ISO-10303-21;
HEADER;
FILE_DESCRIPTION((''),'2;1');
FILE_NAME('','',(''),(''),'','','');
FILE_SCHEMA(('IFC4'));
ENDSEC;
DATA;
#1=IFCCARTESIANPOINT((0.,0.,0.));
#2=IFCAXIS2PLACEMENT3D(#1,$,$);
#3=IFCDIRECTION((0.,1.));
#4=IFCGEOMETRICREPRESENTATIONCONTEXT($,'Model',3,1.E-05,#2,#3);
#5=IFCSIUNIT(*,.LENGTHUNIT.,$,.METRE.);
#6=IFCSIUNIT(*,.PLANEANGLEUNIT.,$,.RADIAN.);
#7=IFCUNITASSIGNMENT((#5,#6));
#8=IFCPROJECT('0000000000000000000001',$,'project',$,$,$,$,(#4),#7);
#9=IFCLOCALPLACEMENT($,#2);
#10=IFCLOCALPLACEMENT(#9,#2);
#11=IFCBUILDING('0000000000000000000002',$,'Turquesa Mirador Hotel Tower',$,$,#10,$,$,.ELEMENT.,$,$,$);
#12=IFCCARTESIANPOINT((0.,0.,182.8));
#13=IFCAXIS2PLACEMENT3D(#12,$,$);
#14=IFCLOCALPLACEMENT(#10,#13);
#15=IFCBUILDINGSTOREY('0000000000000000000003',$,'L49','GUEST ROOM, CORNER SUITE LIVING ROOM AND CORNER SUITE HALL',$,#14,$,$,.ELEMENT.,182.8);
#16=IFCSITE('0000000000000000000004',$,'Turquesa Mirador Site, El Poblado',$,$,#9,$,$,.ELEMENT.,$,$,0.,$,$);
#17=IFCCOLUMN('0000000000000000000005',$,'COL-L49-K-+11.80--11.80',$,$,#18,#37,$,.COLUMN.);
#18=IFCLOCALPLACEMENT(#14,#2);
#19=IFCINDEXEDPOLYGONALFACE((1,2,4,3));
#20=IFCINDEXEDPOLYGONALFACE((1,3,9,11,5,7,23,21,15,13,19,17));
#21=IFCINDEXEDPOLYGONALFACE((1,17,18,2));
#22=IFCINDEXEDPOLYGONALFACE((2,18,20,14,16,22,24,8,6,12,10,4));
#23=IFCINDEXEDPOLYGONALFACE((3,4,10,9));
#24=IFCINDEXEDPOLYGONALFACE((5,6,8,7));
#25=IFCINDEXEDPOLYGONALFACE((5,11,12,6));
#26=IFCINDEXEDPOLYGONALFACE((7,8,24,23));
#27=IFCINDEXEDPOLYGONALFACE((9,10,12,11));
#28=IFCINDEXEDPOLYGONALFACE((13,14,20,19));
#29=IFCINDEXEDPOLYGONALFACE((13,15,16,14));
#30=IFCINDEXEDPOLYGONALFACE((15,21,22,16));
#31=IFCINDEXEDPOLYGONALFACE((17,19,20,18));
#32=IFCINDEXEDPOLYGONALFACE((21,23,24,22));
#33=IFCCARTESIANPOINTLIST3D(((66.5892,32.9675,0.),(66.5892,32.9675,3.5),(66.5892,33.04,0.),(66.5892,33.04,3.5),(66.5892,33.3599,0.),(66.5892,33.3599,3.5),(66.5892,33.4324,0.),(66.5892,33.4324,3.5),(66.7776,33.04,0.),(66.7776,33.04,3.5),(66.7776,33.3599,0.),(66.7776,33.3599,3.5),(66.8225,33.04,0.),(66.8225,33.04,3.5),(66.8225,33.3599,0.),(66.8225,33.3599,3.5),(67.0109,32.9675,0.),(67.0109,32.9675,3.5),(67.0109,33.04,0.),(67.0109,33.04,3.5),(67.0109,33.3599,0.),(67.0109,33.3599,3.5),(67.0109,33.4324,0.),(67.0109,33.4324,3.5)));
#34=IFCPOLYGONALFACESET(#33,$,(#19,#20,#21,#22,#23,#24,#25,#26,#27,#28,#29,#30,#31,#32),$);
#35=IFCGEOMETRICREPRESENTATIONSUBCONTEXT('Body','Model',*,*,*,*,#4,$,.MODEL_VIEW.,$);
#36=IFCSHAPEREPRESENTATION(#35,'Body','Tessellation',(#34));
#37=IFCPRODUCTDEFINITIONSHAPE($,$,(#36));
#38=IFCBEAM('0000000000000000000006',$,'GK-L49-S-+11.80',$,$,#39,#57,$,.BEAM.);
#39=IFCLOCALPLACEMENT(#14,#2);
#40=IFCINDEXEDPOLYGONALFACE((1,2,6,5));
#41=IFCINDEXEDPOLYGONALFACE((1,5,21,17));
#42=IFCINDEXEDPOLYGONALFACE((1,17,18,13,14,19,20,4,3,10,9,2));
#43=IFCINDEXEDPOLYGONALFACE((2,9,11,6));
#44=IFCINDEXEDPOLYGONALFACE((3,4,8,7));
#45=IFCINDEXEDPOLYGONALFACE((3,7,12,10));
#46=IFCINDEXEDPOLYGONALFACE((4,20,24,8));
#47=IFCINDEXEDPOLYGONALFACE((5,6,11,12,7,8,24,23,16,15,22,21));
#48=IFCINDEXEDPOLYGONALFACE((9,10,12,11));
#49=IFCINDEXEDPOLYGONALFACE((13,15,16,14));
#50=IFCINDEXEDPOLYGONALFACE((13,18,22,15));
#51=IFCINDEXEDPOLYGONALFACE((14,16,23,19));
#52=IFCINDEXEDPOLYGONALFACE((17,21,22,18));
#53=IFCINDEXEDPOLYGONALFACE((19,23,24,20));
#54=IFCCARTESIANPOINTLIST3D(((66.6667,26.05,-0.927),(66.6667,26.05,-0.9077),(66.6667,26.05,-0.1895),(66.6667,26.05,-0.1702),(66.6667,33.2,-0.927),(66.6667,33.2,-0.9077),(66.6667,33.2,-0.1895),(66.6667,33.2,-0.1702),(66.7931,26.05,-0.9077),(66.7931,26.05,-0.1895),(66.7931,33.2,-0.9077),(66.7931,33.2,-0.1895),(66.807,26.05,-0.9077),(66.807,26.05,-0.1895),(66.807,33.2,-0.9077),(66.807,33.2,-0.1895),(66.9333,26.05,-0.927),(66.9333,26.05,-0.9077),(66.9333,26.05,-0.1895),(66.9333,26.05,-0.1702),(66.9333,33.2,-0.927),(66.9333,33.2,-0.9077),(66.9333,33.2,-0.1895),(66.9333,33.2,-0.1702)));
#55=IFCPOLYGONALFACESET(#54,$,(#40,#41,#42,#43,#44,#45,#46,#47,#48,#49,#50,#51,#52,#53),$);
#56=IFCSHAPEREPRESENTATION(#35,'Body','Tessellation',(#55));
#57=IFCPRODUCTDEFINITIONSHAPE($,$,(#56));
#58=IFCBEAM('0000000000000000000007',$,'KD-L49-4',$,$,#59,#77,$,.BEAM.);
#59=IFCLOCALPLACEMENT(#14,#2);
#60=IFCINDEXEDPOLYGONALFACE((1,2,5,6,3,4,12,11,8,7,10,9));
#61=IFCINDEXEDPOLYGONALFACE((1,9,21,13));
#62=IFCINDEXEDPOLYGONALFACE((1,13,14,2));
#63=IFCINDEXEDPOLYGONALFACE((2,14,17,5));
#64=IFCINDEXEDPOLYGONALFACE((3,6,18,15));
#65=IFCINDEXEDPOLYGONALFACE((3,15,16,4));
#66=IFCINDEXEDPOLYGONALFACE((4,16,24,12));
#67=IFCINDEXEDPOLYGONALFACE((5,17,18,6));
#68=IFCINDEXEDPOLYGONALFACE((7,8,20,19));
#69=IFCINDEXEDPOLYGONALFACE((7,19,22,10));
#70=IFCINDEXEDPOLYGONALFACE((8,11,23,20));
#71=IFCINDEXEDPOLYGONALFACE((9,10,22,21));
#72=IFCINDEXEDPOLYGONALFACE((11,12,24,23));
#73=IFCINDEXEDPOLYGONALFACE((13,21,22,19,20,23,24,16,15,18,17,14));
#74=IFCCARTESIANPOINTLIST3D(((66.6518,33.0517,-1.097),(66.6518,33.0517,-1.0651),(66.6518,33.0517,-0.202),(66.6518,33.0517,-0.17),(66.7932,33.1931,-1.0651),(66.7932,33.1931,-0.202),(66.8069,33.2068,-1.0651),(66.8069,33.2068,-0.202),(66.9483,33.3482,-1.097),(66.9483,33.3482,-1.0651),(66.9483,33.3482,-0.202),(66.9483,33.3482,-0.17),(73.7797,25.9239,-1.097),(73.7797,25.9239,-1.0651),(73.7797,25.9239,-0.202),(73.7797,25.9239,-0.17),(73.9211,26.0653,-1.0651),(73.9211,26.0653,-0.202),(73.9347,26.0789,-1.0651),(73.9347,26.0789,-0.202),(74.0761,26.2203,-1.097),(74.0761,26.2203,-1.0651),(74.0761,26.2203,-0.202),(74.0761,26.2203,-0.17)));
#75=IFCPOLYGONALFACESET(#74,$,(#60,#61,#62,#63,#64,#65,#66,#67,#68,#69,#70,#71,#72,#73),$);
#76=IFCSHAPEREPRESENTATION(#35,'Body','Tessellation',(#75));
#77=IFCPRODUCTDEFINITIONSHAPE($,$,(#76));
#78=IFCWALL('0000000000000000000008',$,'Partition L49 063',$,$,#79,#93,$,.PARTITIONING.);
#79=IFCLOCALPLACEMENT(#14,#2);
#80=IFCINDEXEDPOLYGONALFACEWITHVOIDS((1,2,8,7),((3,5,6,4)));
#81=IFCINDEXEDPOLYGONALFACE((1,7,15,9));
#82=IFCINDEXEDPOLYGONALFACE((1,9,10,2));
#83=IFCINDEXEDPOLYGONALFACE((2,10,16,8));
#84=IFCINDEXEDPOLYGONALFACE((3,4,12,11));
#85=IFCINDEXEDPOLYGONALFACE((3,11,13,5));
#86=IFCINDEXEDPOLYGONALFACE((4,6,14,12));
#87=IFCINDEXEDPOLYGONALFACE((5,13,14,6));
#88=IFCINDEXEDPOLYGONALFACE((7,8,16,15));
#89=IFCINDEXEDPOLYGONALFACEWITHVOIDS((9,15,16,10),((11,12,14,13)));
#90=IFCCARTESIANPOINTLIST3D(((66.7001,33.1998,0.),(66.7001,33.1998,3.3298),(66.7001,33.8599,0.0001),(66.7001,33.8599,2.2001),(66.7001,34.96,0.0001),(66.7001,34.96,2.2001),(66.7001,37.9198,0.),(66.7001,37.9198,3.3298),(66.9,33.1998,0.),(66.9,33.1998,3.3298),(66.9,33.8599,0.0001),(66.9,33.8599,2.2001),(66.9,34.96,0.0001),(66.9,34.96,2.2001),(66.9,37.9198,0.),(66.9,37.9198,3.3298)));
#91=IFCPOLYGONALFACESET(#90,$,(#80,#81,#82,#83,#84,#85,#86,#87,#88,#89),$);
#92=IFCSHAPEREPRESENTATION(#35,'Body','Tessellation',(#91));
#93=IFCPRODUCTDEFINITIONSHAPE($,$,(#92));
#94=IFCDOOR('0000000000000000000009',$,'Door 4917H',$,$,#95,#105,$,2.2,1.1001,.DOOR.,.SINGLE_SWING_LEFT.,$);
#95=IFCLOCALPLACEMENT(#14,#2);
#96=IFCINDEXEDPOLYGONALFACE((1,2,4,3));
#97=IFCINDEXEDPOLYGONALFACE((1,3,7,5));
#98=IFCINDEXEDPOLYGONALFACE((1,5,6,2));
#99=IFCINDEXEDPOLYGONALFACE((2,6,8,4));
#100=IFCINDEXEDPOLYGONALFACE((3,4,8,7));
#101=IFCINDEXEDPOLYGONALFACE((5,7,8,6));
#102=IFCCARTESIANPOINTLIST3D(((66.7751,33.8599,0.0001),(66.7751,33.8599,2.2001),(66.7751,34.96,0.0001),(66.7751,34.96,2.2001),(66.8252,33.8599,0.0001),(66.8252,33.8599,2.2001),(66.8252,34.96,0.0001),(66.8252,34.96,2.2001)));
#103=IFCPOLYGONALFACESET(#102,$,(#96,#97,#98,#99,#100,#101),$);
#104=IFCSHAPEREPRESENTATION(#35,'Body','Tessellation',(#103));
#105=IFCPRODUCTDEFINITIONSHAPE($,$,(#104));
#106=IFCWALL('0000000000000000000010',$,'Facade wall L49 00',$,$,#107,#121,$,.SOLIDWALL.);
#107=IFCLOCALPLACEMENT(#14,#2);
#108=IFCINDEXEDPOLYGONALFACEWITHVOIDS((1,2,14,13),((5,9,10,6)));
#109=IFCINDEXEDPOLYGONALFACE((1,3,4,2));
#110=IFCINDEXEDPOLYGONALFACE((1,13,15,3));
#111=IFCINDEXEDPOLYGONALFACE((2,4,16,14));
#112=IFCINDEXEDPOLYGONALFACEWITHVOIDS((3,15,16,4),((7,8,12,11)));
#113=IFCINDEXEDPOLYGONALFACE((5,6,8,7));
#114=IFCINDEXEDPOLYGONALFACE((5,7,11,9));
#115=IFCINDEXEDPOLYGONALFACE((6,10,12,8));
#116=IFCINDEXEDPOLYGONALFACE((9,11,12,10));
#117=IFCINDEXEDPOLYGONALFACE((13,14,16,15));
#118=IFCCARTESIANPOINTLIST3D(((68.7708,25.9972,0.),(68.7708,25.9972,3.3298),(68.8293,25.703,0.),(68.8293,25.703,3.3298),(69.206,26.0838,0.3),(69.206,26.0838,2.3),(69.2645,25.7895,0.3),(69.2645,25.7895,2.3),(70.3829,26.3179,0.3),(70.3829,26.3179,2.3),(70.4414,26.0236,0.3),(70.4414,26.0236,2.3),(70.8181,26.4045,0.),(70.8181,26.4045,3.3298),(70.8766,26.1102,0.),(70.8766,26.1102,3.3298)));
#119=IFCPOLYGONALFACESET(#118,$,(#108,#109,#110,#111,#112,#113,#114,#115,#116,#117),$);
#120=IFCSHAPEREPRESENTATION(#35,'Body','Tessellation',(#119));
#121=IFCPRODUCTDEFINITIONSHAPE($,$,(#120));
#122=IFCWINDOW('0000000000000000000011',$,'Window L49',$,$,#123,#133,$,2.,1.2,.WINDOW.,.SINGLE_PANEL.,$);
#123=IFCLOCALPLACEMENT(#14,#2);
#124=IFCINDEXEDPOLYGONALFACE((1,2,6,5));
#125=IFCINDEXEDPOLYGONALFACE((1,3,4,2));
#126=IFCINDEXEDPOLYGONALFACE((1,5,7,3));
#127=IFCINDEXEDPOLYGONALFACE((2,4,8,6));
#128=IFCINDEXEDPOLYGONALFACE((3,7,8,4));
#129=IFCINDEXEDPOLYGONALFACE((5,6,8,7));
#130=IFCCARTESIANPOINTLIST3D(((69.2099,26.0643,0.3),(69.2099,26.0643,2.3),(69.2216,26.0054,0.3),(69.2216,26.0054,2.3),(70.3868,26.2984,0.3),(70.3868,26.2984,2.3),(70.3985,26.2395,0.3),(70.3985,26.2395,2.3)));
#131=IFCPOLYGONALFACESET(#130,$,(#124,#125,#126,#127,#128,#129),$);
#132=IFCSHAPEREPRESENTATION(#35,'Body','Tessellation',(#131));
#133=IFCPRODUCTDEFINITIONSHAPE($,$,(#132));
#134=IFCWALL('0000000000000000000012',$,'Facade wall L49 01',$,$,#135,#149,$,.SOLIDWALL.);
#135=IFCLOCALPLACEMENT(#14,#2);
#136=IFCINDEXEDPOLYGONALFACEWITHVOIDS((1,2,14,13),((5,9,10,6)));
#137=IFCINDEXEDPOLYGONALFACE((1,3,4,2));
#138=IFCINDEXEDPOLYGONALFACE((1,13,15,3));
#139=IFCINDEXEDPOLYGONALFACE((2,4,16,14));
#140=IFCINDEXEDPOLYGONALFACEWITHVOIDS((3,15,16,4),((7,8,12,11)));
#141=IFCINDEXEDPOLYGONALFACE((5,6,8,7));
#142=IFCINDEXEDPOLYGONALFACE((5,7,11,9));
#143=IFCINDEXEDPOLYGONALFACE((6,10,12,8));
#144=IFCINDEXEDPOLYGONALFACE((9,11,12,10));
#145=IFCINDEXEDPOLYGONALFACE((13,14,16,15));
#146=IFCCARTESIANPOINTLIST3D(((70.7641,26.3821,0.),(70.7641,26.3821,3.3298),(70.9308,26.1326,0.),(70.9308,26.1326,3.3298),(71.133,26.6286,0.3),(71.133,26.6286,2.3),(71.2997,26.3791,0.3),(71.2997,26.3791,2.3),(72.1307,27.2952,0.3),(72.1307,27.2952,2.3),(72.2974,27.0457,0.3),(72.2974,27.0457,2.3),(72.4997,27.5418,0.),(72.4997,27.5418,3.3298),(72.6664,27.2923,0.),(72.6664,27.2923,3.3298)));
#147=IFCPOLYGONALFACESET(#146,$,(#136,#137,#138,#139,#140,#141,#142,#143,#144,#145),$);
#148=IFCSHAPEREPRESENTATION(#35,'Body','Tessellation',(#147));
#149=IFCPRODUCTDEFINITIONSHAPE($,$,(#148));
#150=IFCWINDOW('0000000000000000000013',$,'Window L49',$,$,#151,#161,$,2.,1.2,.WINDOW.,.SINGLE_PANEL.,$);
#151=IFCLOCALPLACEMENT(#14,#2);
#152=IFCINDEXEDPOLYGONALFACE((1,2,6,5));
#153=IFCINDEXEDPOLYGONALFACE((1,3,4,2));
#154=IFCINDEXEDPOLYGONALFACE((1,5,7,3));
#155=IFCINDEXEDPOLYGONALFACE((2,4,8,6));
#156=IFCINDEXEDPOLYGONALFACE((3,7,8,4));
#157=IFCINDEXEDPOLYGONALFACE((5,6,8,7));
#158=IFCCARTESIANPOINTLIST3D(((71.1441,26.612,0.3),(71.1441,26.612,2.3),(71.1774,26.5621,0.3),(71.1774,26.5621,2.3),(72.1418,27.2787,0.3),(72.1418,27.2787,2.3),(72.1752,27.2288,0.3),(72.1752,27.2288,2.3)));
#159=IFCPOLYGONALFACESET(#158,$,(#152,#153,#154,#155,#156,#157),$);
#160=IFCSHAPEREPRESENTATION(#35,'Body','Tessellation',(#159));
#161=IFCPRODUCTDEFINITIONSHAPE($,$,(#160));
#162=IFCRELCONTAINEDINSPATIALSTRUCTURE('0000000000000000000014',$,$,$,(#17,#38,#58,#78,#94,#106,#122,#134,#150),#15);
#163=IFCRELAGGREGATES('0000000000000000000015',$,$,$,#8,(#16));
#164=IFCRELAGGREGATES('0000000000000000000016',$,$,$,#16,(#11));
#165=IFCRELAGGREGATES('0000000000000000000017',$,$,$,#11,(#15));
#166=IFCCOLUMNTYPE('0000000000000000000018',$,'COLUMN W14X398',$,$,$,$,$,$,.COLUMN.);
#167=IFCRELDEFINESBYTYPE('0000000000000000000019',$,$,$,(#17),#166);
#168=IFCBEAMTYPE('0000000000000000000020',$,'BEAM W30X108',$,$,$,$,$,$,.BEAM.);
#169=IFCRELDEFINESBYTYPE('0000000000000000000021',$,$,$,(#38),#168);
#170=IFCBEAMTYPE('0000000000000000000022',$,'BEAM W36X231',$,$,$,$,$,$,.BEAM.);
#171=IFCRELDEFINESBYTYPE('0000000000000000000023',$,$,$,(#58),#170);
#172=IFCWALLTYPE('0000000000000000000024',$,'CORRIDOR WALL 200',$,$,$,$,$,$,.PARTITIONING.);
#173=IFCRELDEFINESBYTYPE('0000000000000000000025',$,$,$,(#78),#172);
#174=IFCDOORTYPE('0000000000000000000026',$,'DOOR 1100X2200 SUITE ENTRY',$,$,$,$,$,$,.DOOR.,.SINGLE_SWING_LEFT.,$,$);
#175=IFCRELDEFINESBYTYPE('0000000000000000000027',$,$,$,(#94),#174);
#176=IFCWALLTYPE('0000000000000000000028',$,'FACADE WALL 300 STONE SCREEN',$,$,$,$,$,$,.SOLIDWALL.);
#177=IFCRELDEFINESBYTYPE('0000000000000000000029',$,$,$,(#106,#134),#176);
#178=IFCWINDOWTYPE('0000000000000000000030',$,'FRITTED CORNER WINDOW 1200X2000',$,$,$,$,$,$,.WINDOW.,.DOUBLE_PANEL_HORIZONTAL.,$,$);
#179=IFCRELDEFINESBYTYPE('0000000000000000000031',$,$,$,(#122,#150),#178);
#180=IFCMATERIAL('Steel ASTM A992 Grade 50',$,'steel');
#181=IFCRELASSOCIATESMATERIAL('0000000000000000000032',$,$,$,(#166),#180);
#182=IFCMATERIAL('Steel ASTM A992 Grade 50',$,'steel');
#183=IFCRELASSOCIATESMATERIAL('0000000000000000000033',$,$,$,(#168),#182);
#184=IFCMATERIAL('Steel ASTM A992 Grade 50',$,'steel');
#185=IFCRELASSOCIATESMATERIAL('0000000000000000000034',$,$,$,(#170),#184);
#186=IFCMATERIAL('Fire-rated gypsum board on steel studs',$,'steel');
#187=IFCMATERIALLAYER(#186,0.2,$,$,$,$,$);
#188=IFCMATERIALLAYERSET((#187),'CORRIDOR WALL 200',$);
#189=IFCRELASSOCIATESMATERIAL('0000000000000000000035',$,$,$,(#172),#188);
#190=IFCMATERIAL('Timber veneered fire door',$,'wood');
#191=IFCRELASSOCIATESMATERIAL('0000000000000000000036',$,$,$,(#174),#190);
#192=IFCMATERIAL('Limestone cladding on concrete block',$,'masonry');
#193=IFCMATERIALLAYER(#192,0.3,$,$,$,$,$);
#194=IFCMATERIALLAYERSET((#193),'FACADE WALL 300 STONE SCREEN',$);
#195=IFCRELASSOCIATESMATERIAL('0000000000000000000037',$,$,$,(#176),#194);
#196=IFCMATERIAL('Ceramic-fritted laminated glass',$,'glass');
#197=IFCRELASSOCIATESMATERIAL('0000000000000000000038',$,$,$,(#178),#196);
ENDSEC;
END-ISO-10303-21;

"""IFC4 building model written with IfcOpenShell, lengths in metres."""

from ifc_helpers import new_model, si_unit, direction, frame, frame_2d, origin, origin_2d, place, context, subcontext, project, spatial, rectangle, i_section, extrude, material, layer, layer_set, material_profile, profile_set, type_object, element, fill, save


model = new_model("IFC4")

# Units and contexts
model_context = context("Model", 3, precision=1e-05, world=origin(), true_north=direction((0.0, 1.0)))
body_context = subcontext(model_context, "Body", "Model", "MODEL_VIEW")
ifc_project = project(units=[si_unit("LENGTHUNIT", "METRE"), si_unit("PLANEANGLEUNIT", "RADIAN")], contexts=[model_context])

# Site, building, storey
site_placement = place(None, origin())
site = spatial("IfcSite", under=ifc_project, at=site_placement, Name="Turquesa Mirador Site, El Poblado", CompositionType="ELEMENT", RefElevation=0.0)
building_placement = place(site_placement, origin())
building = spatial("IfcBuilding", under=site, at=building_placement, Name="Turquesa Mirador Hotel Tower", CompositionType="ELEMENT")
storey_placement = place(building_placement, frame((0.0, 0.0, 182.8)))
storey = spatial("IfcBuildingStorey", under=building, at=storey_placement, Name="L49", Description="GUEST ROOM, CORNER SUITE LIVING ROOM AND CORNER SUITE HALL", CompositionType="ELEMENT", Elevation=182.8)

# Column
ifc_material_1 = material(Name="Steel ASTM A992 Grade 50", Category="steel")
ifc_material_profile_1 = material_profile(ifc_material_1, i_section(OverallWidth=0.4216, OverallDepth=0.4648, WebThickness=0.0449, FlangeThickness=0.0725, at=origin_2d()), Name="W14X398")
ifc_profile_set_1 = profile_set([ifc_material_profile_1], Name="Steel ASTM A992 Grade 50")
column_type = type_object("IfcColumnType", Name="COLUMN W14X398", PredefinedType="COLUMN", material=ifc_profile_set_1)
column_placement = place(storey_placement, frame((66.8, 33.2, 0.0), z_axis=(0.0, 0.0, 1.0), x_axis=(1.0, 0.0, 0.0)))
element("IfcColumn", 1, at=column_placement, inside=storey, type_object=column_type, Name="COL-L49-K-+11.80--11.80", PredefinedType="COLUMN", context=body_context, shape_type="SweptSolid", body=[
    extrude(i_section(OverallWidth=0.4216, OverallDepth=0.4648, WebThickness=0.0449, FlangeThickness=0.0725, at=origin_2d()), origin(), (0.0, 0.0, 1.0), 3.5),
])

# Beams
ifc_material_2 = material(Name="Steel ASTM A992 Grade 50", Category="steel")
ifc_material_profile_2 = material_profile(ifc_material_2, i_section(OverallWidth=0.2666, OverallDepth=0.7568, WebThickness=0.0139, FlangeThickness=0.0193, at=origin_2d()), Name="W30X108")
ifc_profile_set_2 = profile_set([ifc_material_profile_2], Name="Steel ASTM A992 Grade 50")
beam_type_1 = type_object("IfcBeamType", Name="BEAM W30X108", PredefinedType="BEAM", material=ifc_profile_set_2)
beam_1_placement = place(storey_placement, frame((66.8, 26.05, -0.5486), z_axis=(0.0, 1.0, 0.0), x_axis=(-1.0, 0.0, 0.0)))
element("IfcBeam", 2, at=beam_1_placement, inside=storey, type_object=beam_type_1, Name="GK-L49-S-+11.80", PredefinedType="BEAM", context=body_context, shape_type="SweptSolid", body=[
    extrude(i_section(OverallWidth=0.2666, OverallDepth=0.7568, WebThickness=0.0139, FlangeThickness=0.0193, at=origin_2d()), origin(), (0.0, 0.0, 1.0), 7.1499),
])
ifc_material_3 = material(Name="Steel ASTM A992 Grade 50", Category="steel")
ifc_material_profile_3 = material_profile(ifc_material_3, i_section(OverallWidth=0.4192, OverallDepth=0.927, WebThickness=0.0193, FlangeThickness=0.032, at=origin_2d()), Name="W36X231")
ifc_profile_set_3 = profile_set([ifc_material_profile_3], Name="Steel ASTM A992 Grade 50")
beam_type_2 = type_object("IfcBeamType", Name="BEAM W36X231", PredefinedType="BEAM", material=ifc_profile_set_3)
beam_2_placement = place(storey_placement, frame((66.8, 33.2, -0.6335), z_axis=(0.707107, -0.707107, 0.0), x_axis=(0.707107, 0.707107, 0.0)))
element("IfcBeam", 3, at=beam_2_placement, inside=storey, type_object=beam_type_2, Name="KD-L49-4", PredefinedType="BEAM", context=body_context, shape_type="SweptSolid", body=[
    extrude(i_section(OverallWidth=0.4192, OverallDepth=0.927, WebThickness=0.0193, FlangeThickness=0.032, at=origin_2d()), origin(), (0.0, 0.0, 1.0), 10.0803),
])

# Wall, opening, door
ifc_material_4 = material(Name="Fire-rated gypsum board on steel studs", Category="steel")
ifc_layer_1 = layer(ifc_material_4, 0.2)
ifc_layer_set_1 = layer_set([ifc_layer_1], Name="CORRIDOR WALL 200")
wall_type_1 = type_object("IfcWallType", Name="CORRIDOR WALL 200", PredefinedType="PARTITIONING", material=ifc_layer_set_1)
wall_1_placement = place(storey_placement, frame((66.8, 33.2, 0.0), z_axis=(0.0, 0.0, 1.0), x_axis=(0.0, 1.0, 0.0)))
wall_1 = element("IfcWall", 4, at=wall_1_placement, inside=storey, type_object=wall_type_1, Name="Partition L49 063", PredefinedType="PARTITIONING", context=body_context, shape_type="SweptSolid", body=[
    extrude(rectangle(XDim=4.72, YDim=0.2, at=frame_2d((2.3599, 0.0))), origin(), (0.0, 0.0, 1.0), 3.3298),
])
opening_1_placement = place(wall_1_placement, frame((0.6599, 0.0, 0.0)))
opening_1 = element("IfcOpeningElement", 5, at=opening_1_placement, cuts=wall_1, PredefinedType="OPENING", context=body_context, shape_type="SweptSolid", body=[
    extrude(rectangle(XDim=1.1001, YDim=2.2, at=frame_2d((0.55, 1.1001))), frame((0.0, 0.1099, 0.0), z_axis=(0.0, -1.0, 0.0), x_axis=(1.0, 0.0, 0.0)), (0.0, 0.0, 1.0), 0.22),
])
ifc_material_5 = material(Name="Timber veneered fire door", Category="wood")
door_type_1 = type_object("IfcDoorType", Name="DOOR 1100X2200 SUITE ENTRY", OperationType="SINGLE_SWING_LEFT", PredefinedType="DOOR", material=ifc_material_5)
door_1_placement = place(opening_1_placement, origin())
door_1 = element("IfcDoor", 6, at=door_1_placement, inside=storey, type_object=door_type_1, Name="Door 4917H", OperationType="SINGLE_SWING_LEFT", OverallHeight=2.2, OverallWidth=1.1001, PredefinedType="DOOR", context=body_context, shape_type="SweptSolid", body=[
    extrude(rectangle(XDim=1.1001, YDim=2.2, at=frame_2d((0.55, 1.1001))), frame((0.0, 0.0249, 0.0), z_axis=(0.0, -1.0, 0.0), x_axis=(1.0, 0.0, 0.0)), (0.0, 0.0, 1.0), 0.05),
])
fill(opening_1, door_1)

# Walls, openings, windows
ifc_material_6 = material(Name="Limestone cladding on concrete block", Category="masonry")
ifc_layer_2 = layer(ifc_material_6, 0.3)
ifc_layer_set_2 = layer_set([ifc_layer_2], Name="FACADE WALL 300 STONE SCREEN")
wall_type_2 = type_object("IfcWallType", Name="FACADE WALL 300 STONE SCREEN", PredefinedType="SOLIDWALL", material=ifc_layer_set_2)
wall_2_placement = place(storey_placement, frame((68.8, 25.8501, 0.0), z_axis=(0.0, 0.0, 1.0), x_axis=(0.980787, 0.195081, 0.0)))
wall_2 = element("IfcWall", 7, at=wall_2_placement, inside=storey, type_object=wall_type_2, Name="Facade wall L49 00", PredefinedType="SOLIDWALL", context=body_context, shape_type="SweptSolid", body=[
    extrude(rectangle(XDim=2.0874, YDim=0.3, at=frame_2d((1.0437, 0.0))), origin(), (0.0, 0.0, 1.0), 3.3298),
])
opening_2_placement = place(wall_2_placement, frame((0.4436, 0.0, 0.3)))
opening_2 = element("IfcOpeningElement", 8, at=opening_2_placement, cuts=wall_2, PredefinedType="OPENING", context=body_context, shape_type="SweptSolid", body=[
    extrude(rectangle(XDim=1.2, YDim=2.0, at=frame_2d((0.6001, 1.0))), frame((0.0, 0.1599, 0.0), z_axis=(0.0, -1.0, 0.0), x_axis=(1.0, 0.0, 0.0)), (0.0, 0.0, 1.0), 0.3201),
])
ifc_material_7 = material(Name="Ceramic-fritted laminated glass", Category="glass")
window_type = type_object("IfcWindowType", Name="FRITTED CORNER WINDOW 1200X2000", PartitioningType="DOUBLE_PANEL_HORIZONTAL", PredefinedType="WINDOW", material=ifc_material_7)
window_1_placement = place(opening_2_placement, origin())
window_1 = element("IfcWindow", 9, at=window_1_placement, inside=storey, type_object=window_type, Name="Window L49", OverallHeight=2.0, OverallWidth=1.2, PartitioningType="SINGLE_PANEL", PredefinedType="WINDOW", context=body_context, shape_type="SweptSolid", body=[
    extrude(rectangle(XDim=1.2, YDim=2.0, at=frame_2d((0.6001, 1.0))), frame((0.0, 0.1301, 0.0), z_axis=(0.0, -1.0, 0.0), x_axis=(1.0, 0.0, 0.0)), (0.0, 0.0, 1.0), 0.0601),
])
fill(opening_2, window_1)
wall_3_placement = place(storey_placement, frame((70.8474, 26.2573, 0.0), z_axis=(0.0, 0.0, 1.0), x_axis=(0.831474, 0.555564, 0.0)))
wall_3 = element("IfcWall", 10, at=wall_3_placement, inside=storey, type_object=wall_type_2, Name="Facade wall L49 01", PredefinedType="SOLIDWALL", context=body_context, shape_type="SweptSolid", body=[
    extrude(rectangle(XDim=2.0874, YDim=0.3, at=frame_2d((1.0437, 0.0))), origin(), (0.0, 0.0, 1.0), 3.3298),
])
opening_3_placement = place(wall_3_placement, frame((0.4436, 0.0, 0.3)))
opening_3 = element("IfcOpeningElement", 11, at=opening_3_placement, cuts=wall_3, PredefinedType="OPENING", context=body_context, shape_type="SweptSolid", body=[
    extrude(rectangle(XDim=1.2, YDim=2.0, at=frame_2d((0.6001, 1.0))), frame((0.0, 0.1599, 0.0), z_axis=(0.0, -1.0, 0.0), x_axis=(1.0, 0.0, 0.0)), (0.0, 0.0, 1.0), 0.3201),
])
window_2_placement = place(opening_3_placement, origin())
window_2 = element("IfcWindow", 12, at=window_2_placement, inside=storey, type_object=window_type, Name="Window L49", OverallHeight=2.0, OverallWidth=1.2, PartitioningType="SINGLE_PANEL", PredefinedType="WINDOW", context=body_context, shape_type="SweptSolid", body=[
    extrude(rectangle(XDim=1.2, YDim=2.0, at=frame_2d((0.6001, 1.0))), frame((0.0, 0.1301, 0.0), z_axis=(0.0, -1.0, 0.0), x_axis=(1.0, 0.0, 0.0)), (0.0, 0.0, 1.0), 0.0601),
])
fill(opening_3, window_2)

save(model, "model.ifc")
